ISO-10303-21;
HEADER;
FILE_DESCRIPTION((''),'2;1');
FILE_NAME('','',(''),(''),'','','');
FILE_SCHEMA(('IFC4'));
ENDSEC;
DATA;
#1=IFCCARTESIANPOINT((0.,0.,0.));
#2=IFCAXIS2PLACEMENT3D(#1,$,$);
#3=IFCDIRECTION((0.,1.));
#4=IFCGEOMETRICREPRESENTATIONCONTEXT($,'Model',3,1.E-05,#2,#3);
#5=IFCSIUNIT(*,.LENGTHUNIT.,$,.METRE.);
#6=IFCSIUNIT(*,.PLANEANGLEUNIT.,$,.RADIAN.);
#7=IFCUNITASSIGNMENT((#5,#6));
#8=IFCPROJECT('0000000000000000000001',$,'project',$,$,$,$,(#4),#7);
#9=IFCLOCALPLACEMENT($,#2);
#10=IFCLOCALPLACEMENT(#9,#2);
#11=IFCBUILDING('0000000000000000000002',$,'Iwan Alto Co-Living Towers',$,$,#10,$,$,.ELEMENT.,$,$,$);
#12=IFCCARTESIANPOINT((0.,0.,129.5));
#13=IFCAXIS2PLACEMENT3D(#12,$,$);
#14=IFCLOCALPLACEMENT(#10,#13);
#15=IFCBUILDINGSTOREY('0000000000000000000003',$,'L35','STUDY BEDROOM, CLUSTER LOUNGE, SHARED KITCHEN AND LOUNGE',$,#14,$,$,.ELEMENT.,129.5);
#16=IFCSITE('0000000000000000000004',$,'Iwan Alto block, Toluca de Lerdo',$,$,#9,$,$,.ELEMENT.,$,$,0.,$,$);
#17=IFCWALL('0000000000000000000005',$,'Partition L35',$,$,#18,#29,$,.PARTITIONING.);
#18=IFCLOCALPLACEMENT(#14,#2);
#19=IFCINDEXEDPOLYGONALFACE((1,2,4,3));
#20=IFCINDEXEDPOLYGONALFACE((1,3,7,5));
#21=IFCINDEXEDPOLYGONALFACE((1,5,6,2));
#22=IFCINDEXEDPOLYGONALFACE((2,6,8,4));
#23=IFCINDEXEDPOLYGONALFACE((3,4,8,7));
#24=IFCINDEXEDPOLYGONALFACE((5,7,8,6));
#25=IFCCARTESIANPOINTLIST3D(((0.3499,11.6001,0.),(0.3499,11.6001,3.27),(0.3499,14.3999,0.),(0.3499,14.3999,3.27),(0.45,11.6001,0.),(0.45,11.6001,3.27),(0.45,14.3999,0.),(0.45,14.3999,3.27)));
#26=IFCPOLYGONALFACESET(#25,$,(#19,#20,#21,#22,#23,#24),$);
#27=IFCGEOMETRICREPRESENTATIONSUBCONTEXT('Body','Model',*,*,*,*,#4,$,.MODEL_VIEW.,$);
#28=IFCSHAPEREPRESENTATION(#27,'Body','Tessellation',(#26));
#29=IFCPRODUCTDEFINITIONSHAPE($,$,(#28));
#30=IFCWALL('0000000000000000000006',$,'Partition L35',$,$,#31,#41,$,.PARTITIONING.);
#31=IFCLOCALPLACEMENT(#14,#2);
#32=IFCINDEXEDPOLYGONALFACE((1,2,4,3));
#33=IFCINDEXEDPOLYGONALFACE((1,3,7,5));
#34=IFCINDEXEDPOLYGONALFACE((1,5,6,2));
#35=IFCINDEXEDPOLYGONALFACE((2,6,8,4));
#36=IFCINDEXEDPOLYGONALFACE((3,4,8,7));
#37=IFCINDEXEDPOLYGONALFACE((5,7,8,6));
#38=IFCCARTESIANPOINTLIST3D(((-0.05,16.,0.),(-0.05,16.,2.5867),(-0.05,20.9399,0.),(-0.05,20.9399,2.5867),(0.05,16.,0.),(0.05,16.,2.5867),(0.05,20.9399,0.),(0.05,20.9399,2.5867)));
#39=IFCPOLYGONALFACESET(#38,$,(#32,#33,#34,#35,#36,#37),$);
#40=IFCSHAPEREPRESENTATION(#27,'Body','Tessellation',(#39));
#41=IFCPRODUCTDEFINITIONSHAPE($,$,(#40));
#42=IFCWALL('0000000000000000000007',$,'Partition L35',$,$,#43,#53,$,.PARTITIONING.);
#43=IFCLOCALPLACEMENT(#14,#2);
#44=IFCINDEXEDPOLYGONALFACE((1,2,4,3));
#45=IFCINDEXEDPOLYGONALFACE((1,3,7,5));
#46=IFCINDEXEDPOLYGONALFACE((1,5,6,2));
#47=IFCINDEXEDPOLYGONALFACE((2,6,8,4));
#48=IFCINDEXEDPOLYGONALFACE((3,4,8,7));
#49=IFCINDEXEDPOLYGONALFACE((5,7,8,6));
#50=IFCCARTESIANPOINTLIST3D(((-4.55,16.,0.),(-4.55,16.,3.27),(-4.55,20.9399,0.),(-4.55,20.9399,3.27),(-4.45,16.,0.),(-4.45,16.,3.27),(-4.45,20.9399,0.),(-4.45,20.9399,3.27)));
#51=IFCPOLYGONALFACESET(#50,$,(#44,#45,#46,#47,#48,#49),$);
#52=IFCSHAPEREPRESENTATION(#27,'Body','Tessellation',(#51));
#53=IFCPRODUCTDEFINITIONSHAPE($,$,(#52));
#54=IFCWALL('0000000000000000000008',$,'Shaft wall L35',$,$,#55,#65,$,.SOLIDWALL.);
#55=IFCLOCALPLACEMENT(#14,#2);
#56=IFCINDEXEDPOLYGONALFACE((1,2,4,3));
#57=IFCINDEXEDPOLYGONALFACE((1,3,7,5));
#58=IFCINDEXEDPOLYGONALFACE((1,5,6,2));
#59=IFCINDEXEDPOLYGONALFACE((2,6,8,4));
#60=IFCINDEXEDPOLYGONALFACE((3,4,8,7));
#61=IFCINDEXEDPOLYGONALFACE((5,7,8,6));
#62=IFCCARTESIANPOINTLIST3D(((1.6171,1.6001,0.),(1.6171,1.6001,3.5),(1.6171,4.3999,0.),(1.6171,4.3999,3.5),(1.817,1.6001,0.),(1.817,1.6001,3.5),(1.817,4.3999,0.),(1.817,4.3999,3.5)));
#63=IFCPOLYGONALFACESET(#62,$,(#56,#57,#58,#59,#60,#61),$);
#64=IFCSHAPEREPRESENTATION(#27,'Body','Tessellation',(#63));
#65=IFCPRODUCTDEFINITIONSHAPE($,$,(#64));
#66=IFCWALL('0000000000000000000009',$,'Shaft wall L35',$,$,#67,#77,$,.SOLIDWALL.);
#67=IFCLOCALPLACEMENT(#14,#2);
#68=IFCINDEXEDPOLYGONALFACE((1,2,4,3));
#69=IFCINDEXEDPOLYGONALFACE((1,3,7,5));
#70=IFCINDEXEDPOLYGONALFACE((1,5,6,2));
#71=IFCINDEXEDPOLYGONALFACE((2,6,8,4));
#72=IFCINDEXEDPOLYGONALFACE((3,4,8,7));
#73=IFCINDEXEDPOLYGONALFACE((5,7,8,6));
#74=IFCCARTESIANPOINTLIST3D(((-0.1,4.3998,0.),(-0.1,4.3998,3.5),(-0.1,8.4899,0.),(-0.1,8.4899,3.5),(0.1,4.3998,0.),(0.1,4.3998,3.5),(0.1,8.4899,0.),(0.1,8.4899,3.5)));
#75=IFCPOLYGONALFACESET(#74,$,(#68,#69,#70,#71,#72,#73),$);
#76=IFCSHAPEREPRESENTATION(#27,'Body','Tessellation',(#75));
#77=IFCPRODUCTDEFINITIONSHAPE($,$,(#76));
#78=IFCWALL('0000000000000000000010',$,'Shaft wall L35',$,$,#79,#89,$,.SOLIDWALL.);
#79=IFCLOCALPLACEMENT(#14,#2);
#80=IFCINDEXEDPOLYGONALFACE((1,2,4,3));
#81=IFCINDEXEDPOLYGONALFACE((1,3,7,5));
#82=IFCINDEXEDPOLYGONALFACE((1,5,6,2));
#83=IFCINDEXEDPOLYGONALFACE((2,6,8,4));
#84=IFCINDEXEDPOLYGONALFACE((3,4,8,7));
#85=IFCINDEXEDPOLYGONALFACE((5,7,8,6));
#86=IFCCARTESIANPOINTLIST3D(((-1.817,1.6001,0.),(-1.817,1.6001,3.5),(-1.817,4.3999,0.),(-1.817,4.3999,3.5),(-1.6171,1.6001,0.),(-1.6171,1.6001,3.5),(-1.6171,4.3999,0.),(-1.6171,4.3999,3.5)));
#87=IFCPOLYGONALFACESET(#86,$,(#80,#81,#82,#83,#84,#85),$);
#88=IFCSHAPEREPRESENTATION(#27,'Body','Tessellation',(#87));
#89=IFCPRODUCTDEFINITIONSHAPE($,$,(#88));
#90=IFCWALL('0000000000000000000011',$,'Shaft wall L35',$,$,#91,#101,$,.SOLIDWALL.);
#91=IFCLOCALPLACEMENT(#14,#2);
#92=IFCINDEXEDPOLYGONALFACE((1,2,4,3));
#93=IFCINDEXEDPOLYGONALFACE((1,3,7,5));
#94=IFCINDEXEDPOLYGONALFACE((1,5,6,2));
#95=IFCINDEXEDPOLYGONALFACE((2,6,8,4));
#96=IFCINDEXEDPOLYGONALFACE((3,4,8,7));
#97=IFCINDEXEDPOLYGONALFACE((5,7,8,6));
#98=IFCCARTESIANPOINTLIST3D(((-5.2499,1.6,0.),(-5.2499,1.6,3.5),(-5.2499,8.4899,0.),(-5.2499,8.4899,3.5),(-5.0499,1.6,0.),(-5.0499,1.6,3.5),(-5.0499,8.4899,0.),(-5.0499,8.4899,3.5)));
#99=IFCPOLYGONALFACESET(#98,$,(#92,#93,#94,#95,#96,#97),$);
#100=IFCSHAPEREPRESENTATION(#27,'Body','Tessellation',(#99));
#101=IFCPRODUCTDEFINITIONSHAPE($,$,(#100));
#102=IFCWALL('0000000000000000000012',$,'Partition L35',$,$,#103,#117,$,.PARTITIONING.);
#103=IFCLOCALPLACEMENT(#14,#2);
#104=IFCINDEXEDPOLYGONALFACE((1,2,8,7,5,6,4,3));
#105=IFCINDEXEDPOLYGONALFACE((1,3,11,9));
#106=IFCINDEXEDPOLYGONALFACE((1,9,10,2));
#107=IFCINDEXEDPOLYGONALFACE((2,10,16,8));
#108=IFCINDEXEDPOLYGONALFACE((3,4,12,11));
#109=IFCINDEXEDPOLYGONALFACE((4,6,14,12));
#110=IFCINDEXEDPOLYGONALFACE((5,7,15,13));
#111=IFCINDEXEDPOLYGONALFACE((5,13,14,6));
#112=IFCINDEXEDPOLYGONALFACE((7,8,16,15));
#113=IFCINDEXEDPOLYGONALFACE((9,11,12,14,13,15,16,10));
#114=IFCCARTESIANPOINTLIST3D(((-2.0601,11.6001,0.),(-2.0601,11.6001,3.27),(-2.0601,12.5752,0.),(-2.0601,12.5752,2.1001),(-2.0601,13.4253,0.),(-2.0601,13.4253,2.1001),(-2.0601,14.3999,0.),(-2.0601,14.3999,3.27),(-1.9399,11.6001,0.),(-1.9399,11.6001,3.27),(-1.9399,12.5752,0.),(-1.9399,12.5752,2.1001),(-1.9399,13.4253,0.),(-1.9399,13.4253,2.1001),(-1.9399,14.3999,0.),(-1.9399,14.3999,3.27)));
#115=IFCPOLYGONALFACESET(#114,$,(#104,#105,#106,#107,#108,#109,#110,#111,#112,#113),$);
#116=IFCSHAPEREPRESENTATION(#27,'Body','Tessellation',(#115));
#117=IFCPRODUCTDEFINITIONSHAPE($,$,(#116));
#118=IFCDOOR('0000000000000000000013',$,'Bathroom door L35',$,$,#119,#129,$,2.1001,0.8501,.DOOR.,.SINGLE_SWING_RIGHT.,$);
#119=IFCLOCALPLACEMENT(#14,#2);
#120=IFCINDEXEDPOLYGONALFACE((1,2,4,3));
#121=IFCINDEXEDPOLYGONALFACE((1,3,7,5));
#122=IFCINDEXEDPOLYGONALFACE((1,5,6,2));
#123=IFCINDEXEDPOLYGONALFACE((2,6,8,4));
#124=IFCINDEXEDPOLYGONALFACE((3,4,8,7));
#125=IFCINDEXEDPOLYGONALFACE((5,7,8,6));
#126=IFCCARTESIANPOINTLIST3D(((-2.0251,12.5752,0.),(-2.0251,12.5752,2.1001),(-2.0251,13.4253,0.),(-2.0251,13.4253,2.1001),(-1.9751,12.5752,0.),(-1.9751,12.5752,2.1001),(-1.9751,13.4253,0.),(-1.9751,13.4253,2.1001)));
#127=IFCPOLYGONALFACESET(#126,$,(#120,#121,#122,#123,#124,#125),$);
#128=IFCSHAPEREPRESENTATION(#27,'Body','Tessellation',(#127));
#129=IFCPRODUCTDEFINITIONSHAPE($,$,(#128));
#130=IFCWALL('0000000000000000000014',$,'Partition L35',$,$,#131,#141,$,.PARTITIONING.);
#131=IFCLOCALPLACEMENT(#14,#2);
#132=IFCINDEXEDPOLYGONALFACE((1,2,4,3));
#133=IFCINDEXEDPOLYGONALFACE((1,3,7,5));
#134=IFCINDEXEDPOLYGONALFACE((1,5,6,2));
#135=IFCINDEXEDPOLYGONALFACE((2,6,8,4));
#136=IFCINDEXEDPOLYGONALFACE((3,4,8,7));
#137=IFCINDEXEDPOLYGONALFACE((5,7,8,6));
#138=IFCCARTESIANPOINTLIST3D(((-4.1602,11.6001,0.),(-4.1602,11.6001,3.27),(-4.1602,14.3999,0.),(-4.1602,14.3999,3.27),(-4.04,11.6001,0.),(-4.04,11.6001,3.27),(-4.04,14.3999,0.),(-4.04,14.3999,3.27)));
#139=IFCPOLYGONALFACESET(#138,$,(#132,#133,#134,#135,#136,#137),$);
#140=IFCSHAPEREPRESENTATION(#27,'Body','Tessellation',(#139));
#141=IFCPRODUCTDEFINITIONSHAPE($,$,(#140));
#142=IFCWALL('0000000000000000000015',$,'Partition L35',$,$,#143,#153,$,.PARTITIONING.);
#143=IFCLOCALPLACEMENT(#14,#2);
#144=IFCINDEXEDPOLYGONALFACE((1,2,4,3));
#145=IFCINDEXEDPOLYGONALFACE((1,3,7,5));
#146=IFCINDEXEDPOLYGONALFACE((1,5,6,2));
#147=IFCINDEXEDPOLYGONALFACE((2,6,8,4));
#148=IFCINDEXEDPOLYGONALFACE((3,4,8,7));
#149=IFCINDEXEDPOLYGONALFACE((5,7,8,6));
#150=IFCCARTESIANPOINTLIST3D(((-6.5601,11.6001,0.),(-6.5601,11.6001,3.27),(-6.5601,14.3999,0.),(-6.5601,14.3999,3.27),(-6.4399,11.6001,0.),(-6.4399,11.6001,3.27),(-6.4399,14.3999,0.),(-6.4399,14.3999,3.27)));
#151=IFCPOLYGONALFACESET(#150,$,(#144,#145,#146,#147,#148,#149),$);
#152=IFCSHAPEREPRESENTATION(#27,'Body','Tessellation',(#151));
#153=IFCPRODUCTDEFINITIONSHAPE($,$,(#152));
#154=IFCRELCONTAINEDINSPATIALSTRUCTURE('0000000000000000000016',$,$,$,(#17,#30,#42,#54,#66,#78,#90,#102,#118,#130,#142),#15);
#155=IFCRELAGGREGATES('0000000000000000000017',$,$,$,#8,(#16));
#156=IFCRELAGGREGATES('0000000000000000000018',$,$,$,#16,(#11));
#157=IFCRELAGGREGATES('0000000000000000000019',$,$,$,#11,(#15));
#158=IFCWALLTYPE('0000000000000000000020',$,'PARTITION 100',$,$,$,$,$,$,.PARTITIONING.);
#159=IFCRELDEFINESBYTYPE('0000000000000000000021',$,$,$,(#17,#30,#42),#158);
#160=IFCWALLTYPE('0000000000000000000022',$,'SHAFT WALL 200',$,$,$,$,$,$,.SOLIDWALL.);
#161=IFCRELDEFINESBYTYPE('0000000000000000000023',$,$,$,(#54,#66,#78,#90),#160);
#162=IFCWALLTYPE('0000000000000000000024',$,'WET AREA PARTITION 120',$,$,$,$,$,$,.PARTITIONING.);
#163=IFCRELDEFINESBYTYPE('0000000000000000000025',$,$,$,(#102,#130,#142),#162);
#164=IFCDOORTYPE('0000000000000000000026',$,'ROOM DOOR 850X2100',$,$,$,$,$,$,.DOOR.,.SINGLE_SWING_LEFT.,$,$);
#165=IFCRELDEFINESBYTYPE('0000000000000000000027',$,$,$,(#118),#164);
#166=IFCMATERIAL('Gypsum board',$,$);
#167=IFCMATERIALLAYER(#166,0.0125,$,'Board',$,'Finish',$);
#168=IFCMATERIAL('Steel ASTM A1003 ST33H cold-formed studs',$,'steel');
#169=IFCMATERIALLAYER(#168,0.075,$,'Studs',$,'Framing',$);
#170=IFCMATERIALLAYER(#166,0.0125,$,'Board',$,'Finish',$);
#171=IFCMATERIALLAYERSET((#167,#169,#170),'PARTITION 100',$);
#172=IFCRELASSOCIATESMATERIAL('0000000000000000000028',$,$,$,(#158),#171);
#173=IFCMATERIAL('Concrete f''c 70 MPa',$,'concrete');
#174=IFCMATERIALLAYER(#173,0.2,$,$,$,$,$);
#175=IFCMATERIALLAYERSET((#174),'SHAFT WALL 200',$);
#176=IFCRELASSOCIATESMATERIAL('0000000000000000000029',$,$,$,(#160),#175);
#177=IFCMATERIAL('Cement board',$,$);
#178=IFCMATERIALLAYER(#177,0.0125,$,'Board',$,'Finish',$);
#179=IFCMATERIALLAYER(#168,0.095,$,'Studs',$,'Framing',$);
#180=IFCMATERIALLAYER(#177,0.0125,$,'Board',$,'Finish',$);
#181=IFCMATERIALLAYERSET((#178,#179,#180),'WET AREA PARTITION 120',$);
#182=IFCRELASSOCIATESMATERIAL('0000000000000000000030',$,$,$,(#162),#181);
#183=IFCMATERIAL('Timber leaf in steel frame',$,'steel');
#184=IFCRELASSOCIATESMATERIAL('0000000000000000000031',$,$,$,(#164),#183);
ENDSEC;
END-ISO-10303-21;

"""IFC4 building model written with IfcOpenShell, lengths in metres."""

from ifc_helpers import new_model, si_unit, direction, frame, frame_2d, origin, place, context, subcontext, project, spatial, rectangle, extrude, material, layer, layer_set, type_object, element, fill, save


model = new_model("IFC4")

# Units and contexts
model_context = context("Model", 3, precision=1e-05, world=origin(), true_north=direction((0.0, 1.0)))
body_context = subcontext(model_context, "Body", "Model", "MODEL_VIEW")
ifc_project = project(units=[si_unit("LENGTHUNIT", "METRE"), si_unit("PLANEANGLEUNIT", "RADIAN")], contexts=[model_context])

# Site, building, storey
site_placement = place(None, origin())
site = spatial("IfcSite", under=ifc_project, at=site_placement, Name="Iwan Alto block, Toluca de Lerdo", CompositionType="ELEMENT", RefElevation=0.0)
building_placement = place(site_placement, origin())
building = spatial("IfcBuilding", under=site, at=building_placement, Name="Iwan Alto Co-Living Towers", CompositionType="ELEMENT")
storey_placement = place(building_placement, frame((0.0, 0.0, 129.5)))
storey = spatial("IfcBuildingStorey", under=building, at=storey_placement, Name="L35", Description="STUDY BEDROOM, CLUSTER LOUNGE, SHARED KITCHEN AND LOUNGE", CompositionType="ELEMENT", Elevation=129.5)

# Walls
ifc_material_1 = material(Name="Gypsum board")
ifc_material_2 = material(Name="Steel ASTM A1003 ST33H cold-formed studs", Category="steel")
ifc_layer_1 = layer(ifc_material_1, 0.0125, Name="Board", Category="Finish")
ifc_layer_2 = layer(ifc_material_2, 0.075, Name="Studs", Category="Framing")
ifc_layer_3 = layer(ifc_material_1, 0.0125, Name="Board", Category="Finish")
ifc_layer_set_1 = layer_set([ifc_layer_1, ifc_layer_2, ifc_layer_3], Name="PARTITION 100")
wall_type_1 = type_object("IfcWallType", Name="PARTITION 100", PredefinedType="PARTITIONING", material=ifc_layer_set_1)
wall_1_placement = place(storey_placement, frame((0.3999, 11.6001, 0.0), z_axis=(0.0, 0.0, 1.0), x_axis=(0.0, 1.0, 0.0)))
element("IfcWall", 1, at=wall_1_placement, inside=storey, type_object=wall_type_1, Name="Partition L35", PredefinedType="PARTITIONING", context=body_context, shape_type="SweptSolid", body=[
    extrude(rectangle(XDim=2.7998, YDim=0.1001, at=frame_2d((1.3999, 0.0))), origin(), (0.0, 0.0, 1.0), 3.27),
])
wall_2_placement = place(storey_placement, frame((0.0, 16.0, 0.0), z_axis=(0.0, 0.0, 1.0), x_axis=(0.0, 1.0, 0.0)))
element("IfcWall", 2, at=wall_2_placement, inside=storey, type_object=wall_type_1, Name="Partition L35", PredefinedType="PARTITIONING", context=body_context, shape_type="SweptSolid", body=[
    extrude(rectangle(XDim=4.9399, YDim=0.1001, at=frame_2d((2.47, 0.0))), origin(), (0.0, 0.0, 1.0), 2.5867),
])
wall_3_placement = place(storey_placement, frame((-4.5, 16.0, 0.0), z_axis=(0.0, 0.0, 1.0), x_axis=(0.0, 1.0, 0.0)))
element("IfcWall", 3, at=wall_3_placement, inside=storey, type_object=wall_type_1, Name="Partition L35", PredefinedType="PARTITIONING", context=body_context, shape_type="SweptSolid", body=[
    extrude(rectangle(XDim=4.9399, YDim=0.1001, at=frame_2d((2.47, 0.0))), origin(), (0.0, 0.0, 1.0), 3.27),
])
ifc_material_3 = material(Name="Concrete f'c 70 MPa", Category="concrete")
ifc_layer_4 = layer(ifc_material_3, 0.2)
ifc_layer_set_2 = layer_set([ifc_layer_4], Name="SHAFT WALL 200")
wall_type_2 = type_object("IfcWallType", Name="SHAFT WALL 200", PredefinedType="SOLIDWALL", material=ifc_layer_set_2)
wall_4_placement = place(storey_placement, frame((1.717, 1.6001, 0.0), z_axis=(0.0, 0.0, 1.0), x_axis=(0.0, 1.0, 0.0)))
element("IfcWall", 4, at=wall_4_placement, inside=storey, type_object=wall_type_2, Name="Shaft wall L35", PredefinedType="SOLIDWALL", context=body_context, shape_type="SweptSolid", body=[
    extrude(rectangle(XDim=2.7998, YDim=0.2, at=frame_2d((1.3999, 0.0))), origin(), (0.0, 0.0, 1.0), 3.5),
])
wall_5_placement = place(storey_placement, frame((0.0, 4.3999, 0.0), z_axis=(0.0, 0.0, 1.0), x_axis=(0.0, 1.0, 0.0)))
element("IfcWall", 5, at=wall_5_placement, inside=storey, type_object=wall_type_2, Name="Shaft wall L35", PredefinedType="SOLIDWALL", context=body_context, shape_type="SweptSolid", body=[
    extrude(rectangle(XDim=4.0901, YDim=0.2, at=frame_2d((2.0449, 0.0))), origin(), (0.0, 0.0, 1.0), 3.5),
])
wall_6_placement = place(storey_placement, frame((-1.717, 1.6001, 0.0), z_axis=(0.0, 0.0, 1.0), x_axis=(0.0, 1.0, 0.0)))
element("IfcWall", 6, at=wall_6_placement, inside=storey, type_object=wall_type_2, Name="Shaft wall L35", PredefinedType="SOLIDWALL", context=body_context, shape_type="SweptSolid", body=[
    extrude(rectangle(XDim=2.7998, YDim=0.2, at=frame_2d((1.3999, 0.0))), origin(), (0.0, 0.0, 1.0), 3.5),
])
wall_7_placement = place(storey_placement, frame((-5.1499, 1.6001, 0.0), z_axis=(0.0, 0.0, 1.0), x_axis=(0.0, 1.0, 0.0)))
element("IfcWall", 7, at=wall_7_placement, inside=storey, type_object=wall_type_2, Name="Shaft wall L35", PredefinedType="SOLIDWALL", context=body_context, shape_type="SweptSolid", body=[
    extrude(rectangle(XDim=6.8899, YDim=0.2, at=frame_2d((3.4448, 0.0))), origin(), (0.0, 0.0, 1.0), 3.5),
])

# Wall, opening, door
ifc_material_4 = material(Name="Cement board")
ifc_layer_5 = layer(ifc_material_4, 0.0125, Name="Board", Category="Finish")
ifc_layer_6 = layer(ifc_material_2, 0.095, Name="Studs", Category="Framing")
ifc_layer_7 = layer(ifc_material_4, 0.0125, Name="Board", Category="Finish")
ifc_layer_set_3 = layer_set([ifc_layer_5, ifc_layer_6, ifc_layer_7], Name="WET AREA PARTITION 120")
wall_type_3 = type_object("IfcWallType", Name="WET AREA PARTITION 120", PredefinedType="PARTITIONING", material=ifc_layer_set_3)
wall_8_placement = place(storey_placement, frame((-2.0, 11.6001, 0.0), z_axis=(0.0, 0.0, 1.0), x_axis=(0.0, 1.0, 0.0)))
wall_8 = element("IfcWall", 8, at=wall_8_placement, inside=storey, type_object=wall_type_3, Name="Partition L35", PredefinedType="PARTITIONING", context=body_context, shape_type="SweptSolid", body=[
    extrude(rectangle(XDim=2.7998, YDim=0.1201, at=frame_2d((1.3999, 0.0))), origin(), (0.0, 0.0, 1.0), 3.27),
])
opening_placement = place(wall_8_placement, frame((0.9751, 0.0, 0.0)))
opening = element("IfcOpeningElement", 9, at=opening_placement, cuts=wall_8, PredefinedType="OPENING", context=body_context, shape_type="SweptSolid", body=[
    extrude(rectangle(XDim=0.8501, YDim=2.1001, at=frame_2d((0.425, 1.05))), frame((0.0, 0.0701, 0.0), z_axis=(0.0, -1.0, 0.0), x_axis=(1.0, 0.0, 0.0)), (0.0, 0.0, 1.0), 0.1401),
])
ifc_material_5 = material(Name="Timber leaf in steel frame", Category="steel")
door_type = type_object("IfcDoorType", Name="ROOM DOOR 850X2100", OperationType="SINGLE_SWING_LEFT", PredefinedType="DOOR", material=ifc_material_5)
door_placement = place(opening_placement, frame((0.8501, 0.0, 0.0), z_axis=(0.0, 0.0, 1.0), x_axis=(-1.0, 0.0, 0.0)))
door = element("IfcDoor", 10, at=door_placement, inside=storey, type_object=door_type, Name="Bathroom door L35", OperationType="SINGLE_SWING_RIGHT", OverallHeight=2.1001, OverallWidth=0.8501, PredefinedType="DOOR", context=body_context, shape_type="SweptSolid", body=[
    extrude(rectangle(XDim=0.8501, YDim=2.1001, at=frame_2d((0.425, 1.05))), frame((0.0, 0.0249, 0.0), z_axis=(0.0, -1.0, 0.0), x_axis=(1.0, 0.0, 0.0)), (0.0, 0.0, 1.0), 0.05),
])
fill(opening, door)

# Walls
for number, where, z_axis, x_axis, name in (
    (11, (-4.1001, 11.6001, 0.0), (0.0, 0.0, 1.0), (0.0, 1.0, 0.0), "Partition L35"),
    (12, (-6.5, 11.6001, 0.0), (0.0, 0.0, 1.0), (0.0, 1.0, 0.0), "Partition L35"),
):
    element("IfcWall", number, at=place(storey_placement, frame(where, z_axis=z_axis, x_axis=x_axis)), inside=storey, type_object=wall_type_3, Name=name, PredefinedType="PARTITIONING", context=body_context, shape_type="SweptSolid", body=[
        extrude(rectangle(XDim=2.7998, YDim=0.1201, at=frame_2d((1.3999, 0.0))), origin(), (0.0, 0.0, 1.0), 3.27),
    ])

save(model, "model.ifc")
